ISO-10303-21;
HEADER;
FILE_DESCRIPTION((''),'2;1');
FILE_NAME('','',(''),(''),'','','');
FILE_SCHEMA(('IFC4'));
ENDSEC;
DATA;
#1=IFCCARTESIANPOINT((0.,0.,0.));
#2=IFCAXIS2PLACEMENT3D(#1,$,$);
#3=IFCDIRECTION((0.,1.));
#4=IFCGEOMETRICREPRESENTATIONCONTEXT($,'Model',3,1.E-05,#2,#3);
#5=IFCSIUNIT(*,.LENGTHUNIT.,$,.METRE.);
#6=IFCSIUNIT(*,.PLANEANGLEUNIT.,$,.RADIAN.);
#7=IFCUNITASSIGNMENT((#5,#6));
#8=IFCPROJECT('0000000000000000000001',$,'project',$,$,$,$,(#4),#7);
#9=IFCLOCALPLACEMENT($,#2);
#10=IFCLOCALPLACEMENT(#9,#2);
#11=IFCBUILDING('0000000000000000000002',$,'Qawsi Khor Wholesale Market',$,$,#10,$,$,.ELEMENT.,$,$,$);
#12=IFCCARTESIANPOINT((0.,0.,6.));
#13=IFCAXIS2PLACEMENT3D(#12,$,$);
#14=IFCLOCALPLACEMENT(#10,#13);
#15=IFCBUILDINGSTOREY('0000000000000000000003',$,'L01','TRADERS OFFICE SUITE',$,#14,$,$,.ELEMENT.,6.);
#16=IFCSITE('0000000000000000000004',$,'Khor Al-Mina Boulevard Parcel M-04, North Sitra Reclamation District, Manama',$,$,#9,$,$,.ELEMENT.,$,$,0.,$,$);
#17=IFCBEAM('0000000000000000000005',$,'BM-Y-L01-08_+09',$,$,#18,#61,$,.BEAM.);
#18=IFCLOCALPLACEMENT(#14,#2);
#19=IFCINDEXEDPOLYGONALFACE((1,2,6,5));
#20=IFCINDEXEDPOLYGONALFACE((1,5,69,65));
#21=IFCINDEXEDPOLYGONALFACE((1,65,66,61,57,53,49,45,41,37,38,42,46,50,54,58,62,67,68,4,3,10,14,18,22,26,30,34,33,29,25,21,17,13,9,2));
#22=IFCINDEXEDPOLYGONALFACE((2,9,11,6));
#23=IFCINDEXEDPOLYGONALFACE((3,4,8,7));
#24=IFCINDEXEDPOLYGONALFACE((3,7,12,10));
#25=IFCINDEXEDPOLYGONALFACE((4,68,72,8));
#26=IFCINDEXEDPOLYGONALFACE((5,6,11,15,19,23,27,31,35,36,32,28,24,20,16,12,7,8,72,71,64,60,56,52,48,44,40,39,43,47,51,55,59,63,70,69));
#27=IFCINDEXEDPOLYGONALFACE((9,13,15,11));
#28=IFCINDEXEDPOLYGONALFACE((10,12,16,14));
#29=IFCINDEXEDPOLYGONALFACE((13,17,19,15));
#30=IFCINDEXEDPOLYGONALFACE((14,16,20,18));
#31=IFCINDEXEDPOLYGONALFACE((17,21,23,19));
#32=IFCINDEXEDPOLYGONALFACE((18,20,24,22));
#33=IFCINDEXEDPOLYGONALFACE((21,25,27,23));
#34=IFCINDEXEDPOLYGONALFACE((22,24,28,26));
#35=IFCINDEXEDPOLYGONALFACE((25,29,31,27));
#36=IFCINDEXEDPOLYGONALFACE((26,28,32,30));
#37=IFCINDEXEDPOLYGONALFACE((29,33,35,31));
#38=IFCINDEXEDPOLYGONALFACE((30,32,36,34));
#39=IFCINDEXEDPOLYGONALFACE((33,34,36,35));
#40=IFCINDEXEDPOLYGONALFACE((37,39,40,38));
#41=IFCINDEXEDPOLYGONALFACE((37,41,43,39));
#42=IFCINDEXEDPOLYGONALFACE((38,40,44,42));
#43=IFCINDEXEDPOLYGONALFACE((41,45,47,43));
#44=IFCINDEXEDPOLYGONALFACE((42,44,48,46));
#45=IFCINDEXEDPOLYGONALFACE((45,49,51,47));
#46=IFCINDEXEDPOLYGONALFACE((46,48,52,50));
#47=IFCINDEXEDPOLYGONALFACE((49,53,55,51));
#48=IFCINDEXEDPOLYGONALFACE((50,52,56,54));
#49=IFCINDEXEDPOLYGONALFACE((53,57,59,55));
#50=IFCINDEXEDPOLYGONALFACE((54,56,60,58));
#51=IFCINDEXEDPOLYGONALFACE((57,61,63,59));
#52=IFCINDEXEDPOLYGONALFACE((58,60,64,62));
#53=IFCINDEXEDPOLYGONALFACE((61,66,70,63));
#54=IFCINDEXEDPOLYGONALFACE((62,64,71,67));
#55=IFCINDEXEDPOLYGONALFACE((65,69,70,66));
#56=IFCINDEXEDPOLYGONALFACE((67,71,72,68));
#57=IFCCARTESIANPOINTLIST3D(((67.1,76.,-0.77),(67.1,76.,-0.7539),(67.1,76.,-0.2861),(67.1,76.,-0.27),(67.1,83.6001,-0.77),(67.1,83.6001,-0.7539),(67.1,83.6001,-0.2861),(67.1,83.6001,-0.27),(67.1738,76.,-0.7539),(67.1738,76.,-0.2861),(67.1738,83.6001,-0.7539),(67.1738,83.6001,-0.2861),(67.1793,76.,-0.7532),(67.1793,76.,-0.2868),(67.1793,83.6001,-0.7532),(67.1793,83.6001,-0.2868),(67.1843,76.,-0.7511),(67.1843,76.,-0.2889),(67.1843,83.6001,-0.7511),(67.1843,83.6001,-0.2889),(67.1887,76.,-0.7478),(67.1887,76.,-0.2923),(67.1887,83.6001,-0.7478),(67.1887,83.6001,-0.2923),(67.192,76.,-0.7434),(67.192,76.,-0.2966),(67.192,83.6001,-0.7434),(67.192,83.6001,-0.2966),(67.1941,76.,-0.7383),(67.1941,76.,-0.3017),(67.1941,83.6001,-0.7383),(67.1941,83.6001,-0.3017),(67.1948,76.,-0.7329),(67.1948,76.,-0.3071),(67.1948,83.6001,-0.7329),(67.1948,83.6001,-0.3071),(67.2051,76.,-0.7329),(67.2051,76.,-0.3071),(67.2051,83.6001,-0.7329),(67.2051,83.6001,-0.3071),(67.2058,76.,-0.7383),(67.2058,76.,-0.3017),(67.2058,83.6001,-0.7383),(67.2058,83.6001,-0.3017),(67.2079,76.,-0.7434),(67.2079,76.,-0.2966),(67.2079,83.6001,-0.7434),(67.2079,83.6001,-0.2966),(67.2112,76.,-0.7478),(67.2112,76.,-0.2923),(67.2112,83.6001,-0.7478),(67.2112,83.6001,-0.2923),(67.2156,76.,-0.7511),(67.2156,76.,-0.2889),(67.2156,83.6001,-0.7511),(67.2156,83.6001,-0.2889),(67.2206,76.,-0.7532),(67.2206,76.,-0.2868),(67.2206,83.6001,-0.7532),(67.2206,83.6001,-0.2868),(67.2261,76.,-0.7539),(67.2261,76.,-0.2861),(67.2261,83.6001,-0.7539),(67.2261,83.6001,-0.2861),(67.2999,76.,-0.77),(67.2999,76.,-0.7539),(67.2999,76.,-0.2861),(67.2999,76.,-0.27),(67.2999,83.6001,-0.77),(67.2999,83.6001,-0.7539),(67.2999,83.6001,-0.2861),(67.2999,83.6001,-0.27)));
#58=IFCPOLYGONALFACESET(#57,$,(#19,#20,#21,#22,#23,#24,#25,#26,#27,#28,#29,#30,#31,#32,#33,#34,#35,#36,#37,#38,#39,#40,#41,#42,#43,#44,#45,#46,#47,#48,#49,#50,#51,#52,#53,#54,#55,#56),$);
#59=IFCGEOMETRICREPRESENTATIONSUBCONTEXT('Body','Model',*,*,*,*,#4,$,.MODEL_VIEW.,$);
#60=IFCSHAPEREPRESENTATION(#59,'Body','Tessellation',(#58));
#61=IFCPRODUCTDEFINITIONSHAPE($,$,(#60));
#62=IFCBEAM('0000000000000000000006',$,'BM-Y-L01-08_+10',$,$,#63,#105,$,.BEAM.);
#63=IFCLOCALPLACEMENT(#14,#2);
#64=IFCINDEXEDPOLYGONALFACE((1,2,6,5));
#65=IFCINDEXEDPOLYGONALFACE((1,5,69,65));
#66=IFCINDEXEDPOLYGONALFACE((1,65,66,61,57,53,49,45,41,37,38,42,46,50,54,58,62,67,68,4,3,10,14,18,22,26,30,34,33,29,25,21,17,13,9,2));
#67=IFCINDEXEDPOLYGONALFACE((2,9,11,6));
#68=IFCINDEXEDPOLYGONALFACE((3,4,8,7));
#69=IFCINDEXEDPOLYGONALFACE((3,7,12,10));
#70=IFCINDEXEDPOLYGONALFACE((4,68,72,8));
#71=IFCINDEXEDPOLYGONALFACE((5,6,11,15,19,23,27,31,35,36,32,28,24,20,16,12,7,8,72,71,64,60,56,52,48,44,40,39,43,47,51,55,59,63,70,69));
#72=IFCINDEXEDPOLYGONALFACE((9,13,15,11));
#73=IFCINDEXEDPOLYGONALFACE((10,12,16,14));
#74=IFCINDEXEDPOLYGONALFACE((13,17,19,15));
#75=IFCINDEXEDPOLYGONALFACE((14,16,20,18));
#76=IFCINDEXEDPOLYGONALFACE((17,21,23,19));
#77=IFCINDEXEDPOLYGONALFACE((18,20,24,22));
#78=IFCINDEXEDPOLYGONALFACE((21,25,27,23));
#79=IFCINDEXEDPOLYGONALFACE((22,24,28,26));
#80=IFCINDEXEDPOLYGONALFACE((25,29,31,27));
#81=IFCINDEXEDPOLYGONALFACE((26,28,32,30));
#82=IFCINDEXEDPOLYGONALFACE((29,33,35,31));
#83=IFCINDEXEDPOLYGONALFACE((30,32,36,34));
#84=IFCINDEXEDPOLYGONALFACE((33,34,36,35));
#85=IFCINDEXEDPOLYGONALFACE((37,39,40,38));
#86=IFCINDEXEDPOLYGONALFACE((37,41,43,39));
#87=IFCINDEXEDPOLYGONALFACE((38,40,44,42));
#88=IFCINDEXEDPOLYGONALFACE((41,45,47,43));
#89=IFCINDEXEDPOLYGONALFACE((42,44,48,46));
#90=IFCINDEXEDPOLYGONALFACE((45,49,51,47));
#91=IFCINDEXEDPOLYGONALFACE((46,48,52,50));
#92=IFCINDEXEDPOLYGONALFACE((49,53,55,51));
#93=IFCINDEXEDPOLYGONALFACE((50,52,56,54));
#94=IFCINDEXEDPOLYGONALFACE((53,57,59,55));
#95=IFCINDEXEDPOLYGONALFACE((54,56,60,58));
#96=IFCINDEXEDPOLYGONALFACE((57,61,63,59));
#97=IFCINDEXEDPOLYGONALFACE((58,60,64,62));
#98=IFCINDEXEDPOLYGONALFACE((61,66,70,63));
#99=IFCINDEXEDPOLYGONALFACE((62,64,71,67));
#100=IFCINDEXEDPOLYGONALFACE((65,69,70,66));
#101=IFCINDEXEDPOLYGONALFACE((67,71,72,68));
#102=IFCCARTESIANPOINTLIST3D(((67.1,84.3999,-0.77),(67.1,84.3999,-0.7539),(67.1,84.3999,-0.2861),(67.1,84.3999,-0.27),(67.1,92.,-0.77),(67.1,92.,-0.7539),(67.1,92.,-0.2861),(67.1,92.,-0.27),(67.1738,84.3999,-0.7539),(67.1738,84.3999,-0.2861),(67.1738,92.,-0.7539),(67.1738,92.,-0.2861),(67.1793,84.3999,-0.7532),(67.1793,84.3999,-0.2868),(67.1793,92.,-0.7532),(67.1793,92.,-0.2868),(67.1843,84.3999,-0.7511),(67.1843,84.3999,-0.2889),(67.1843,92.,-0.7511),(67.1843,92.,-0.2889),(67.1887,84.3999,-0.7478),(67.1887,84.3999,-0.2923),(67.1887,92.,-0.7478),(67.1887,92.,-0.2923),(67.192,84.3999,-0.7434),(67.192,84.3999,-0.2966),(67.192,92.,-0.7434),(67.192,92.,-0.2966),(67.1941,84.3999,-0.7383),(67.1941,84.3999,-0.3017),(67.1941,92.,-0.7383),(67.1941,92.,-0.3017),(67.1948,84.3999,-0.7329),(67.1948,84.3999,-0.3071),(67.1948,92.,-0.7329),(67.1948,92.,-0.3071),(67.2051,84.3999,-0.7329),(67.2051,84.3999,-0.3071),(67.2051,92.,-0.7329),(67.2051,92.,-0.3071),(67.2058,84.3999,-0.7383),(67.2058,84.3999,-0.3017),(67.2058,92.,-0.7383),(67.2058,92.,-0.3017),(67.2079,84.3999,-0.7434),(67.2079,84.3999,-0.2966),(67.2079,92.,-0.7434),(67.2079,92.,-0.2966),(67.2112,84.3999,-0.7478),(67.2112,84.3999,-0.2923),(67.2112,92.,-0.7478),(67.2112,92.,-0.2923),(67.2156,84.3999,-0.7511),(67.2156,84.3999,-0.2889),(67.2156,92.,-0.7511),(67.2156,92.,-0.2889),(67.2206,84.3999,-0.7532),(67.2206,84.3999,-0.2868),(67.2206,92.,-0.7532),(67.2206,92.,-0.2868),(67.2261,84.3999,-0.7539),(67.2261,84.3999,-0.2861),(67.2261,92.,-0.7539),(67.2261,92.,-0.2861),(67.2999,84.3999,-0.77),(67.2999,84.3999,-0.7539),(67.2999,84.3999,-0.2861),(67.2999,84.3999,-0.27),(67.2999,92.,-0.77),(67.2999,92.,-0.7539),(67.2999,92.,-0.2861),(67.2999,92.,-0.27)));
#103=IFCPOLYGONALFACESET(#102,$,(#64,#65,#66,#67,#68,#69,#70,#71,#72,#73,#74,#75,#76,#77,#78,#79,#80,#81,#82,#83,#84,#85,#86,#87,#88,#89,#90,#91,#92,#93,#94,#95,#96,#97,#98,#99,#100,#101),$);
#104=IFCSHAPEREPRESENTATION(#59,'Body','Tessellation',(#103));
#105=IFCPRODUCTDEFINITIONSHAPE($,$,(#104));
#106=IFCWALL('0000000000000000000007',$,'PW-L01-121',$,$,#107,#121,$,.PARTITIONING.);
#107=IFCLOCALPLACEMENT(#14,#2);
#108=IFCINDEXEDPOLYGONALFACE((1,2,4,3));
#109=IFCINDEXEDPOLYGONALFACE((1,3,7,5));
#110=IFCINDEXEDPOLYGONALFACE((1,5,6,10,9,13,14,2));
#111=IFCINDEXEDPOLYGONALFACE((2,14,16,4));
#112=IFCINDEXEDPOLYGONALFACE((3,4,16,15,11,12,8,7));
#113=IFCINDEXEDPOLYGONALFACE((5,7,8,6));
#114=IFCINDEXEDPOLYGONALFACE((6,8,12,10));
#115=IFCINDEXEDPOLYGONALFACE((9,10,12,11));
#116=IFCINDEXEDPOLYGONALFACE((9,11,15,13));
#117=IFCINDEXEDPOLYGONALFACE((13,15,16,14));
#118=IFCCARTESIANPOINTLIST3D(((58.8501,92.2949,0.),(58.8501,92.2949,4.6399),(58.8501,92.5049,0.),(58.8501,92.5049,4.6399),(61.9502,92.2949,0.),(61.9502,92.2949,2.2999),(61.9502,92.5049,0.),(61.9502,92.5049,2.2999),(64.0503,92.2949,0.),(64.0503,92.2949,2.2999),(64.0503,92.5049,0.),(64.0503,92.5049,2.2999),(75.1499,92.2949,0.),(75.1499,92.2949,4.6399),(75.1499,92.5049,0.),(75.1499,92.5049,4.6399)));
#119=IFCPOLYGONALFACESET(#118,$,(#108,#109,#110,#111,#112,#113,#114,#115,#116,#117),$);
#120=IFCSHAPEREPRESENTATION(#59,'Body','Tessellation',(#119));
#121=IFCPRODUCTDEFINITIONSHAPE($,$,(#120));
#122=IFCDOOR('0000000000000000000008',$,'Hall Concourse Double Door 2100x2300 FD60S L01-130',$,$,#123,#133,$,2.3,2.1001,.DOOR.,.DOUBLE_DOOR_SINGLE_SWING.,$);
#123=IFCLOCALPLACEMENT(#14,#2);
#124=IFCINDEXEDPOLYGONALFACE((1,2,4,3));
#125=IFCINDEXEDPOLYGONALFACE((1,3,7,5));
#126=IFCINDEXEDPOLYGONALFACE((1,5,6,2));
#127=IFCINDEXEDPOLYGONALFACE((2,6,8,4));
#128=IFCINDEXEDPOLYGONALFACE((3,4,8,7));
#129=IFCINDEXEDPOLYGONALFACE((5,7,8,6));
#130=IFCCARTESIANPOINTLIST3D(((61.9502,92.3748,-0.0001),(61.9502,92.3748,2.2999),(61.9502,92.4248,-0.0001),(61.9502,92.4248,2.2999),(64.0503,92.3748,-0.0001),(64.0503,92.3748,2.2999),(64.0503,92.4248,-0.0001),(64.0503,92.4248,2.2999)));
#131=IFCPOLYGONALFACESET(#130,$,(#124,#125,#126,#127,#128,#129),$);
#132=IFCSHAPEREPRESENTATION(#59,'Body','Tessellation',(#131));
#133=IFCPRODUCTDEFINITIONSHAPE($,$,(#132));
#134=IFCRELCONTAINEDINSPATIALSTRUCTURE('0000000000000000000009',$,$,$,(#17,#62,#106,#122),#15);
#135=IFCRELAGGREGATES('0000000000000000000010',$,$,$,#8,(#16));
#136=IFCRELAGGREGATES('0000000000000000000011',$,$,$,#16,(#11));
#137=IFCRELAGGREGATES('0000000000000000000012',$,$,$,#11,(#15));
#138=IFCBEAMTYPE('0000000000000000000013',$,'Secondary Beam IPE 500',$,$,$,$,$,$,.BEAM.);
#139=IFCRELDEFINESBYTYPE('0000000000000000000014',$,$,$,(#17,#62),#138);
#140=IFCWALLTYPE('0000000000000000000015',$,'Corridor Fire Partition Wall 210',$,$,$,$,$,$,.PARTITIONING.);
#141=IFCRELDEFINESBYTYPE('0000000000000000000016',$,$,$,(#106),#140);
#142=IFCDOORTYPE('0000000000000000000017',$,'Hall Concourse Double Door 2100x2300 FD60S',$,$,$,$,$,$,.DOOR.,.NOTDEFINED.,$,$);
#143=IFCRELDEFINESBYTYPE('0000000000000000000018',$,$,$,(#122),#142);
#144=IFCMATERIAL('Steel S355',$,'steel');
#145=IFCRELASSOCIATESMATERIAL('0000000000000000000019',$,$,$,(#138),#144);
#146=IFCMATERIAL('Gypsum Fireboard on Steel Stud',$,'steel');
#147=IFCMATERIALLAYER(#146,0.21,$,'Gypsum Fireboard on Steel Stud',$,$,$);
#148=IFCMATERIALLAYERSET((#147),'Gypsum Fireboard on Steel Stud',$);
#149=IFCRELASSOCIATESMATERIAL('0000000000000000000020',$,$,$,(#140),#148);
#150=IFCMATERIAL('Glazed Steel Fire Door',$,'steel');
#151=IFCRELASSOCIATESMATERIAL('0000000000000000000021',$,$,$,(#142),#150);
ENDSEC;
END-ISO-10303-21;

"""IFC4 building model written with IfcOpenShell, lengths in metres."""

from ifc_helpers import new_model, si_unit, direction, frame, frame_2d, origin, origin_2d, place, context, subcontext, project, spatial, rectangle, i_section, extrude, material, layer, layer_set, material_profile, profile_set, type_object, element, fill, save


model = new_model("IFC4")

# Units and contexts
model_context = context("Model", 3, precision=1e-05, world=origin(), true_north=direction((0.0, 1.0)))
body_context = subcontext(model_context, "Body", "Model", "MODEL_VIEW")
ifc_project = project(units=[si_unit("LENGTHUNIT", "METRE"), si_unit("PLANEANGLEUNIT", "RADIAN")], contexts=[model_context])

# Site, building, storey
site_placement = place(None, origin())
site = spatial("IfcSite", under=ifc_project, at=site_placement, Name="Khor Al-Mina Boulevard Parcel M-04, North Sitra Reclamation District, Manama", CompositionType="ELEMENT", RefElevation=0.0)
building_placement = place(site_placement, origin())
building = spatial("IfcBuilding", under=site, at=building_placement, Name="Qawsi Khor Wholesale Market", CompositionType="ELEMENT")
storey_placement = place(building_placement, frame((0.0, 0.0, 6.0)))
storey = spatial("IfcBuildingStorey", under=building, at=storey_placement, Name="L01", Description="TRADERS OFFICE SUITE", CompositionType="ELEMENT", Elevation=6.0)

# Beams
ifc_material_1 = material(Name="Steel S355", Category="steel")
ifc_material_profile_1 = material_profile(ifc_material_1, i_section(OverallWidth=0.2, OverallDepth=0.5, WebThickness=0.0103, FlangeThickness=0.0161, FilletRadius=0.021, at=origin_2d()), Name="IPE 500")
ifc_profile_set_1 = profile_set([ifc_material_profile_1], Name="Steel S355")
beam_type_1 = type_object("IfcBeamType", Name="Secondary Beam IPE 500", PredefinedType="BEAM", material=ifc_profile_set_1)
for number, where, z_axis, x_axis, name in (
    (1, (67.2, 76.0, -0.52), (0.0, 1.0, 0.0), (-1.0, 0.0, 0.0), "BM-Y-L01-08_+09"),
    (2, (67.2, 84.3999, -0.52), (0.0, 1.0, 0.0), (-1.0, 0.0, 0.0), "BM-Y-L01-08_+10"),
):
    element("IfcBeam", number, at=place(storey_placement, frame(where, z_axis=z_axis, x_axis=x_axis)), inside=storey, type_object=beam_type_1, Name=name, PredefinedType="BEAM", context=body_context, shape_type="SweptSolid", body=[
        extrude(i_section(OverallWidth=0.2, OverallDepth=0.5, WebThickness=0.0103, FlangeThickness=0.0161, FilletRadius=0.021, at=origin_2d()), origin(), (0.0, 0.0, 1.0), 7.6001),
    ])

# Wall, opening, door
ifc_material_2 = material(Name="Gypsum Fireboard on Steel Stud", Category="steel")
ifc_layer = layer(ifc_material_2, 0.21, Name="Gypsum Fireboard on Steel Stud")
ifc_layer_set = layer_set([ifc_layer], Name="Gypsum Fireboard on Steel Stud")
wall_type = type_object("IfcWallType", Name="Corridor Fire Partition Wall 210", PredefinedType="PARTITIONING", material=ifc_layer_set)
wall_placement = place(storey_placement, frame((58.8501, 92.3999, 0.0), z_axis=(0.0, 0.0, 1.0), x_axis=(1.0, 0.0, 0.0)))
wall = element("IfcWall", 3, at=wall_placement, inside=storey, type_object=wall_type, Name="PW-L01-121", PredefinedType="PARTITIONING", context=body_context, shape_type="SweptSolid", body=[
    extrude(rectangle(XDim=16.2998, YDim=0.21, at=frame_2d((8.1499, 0.0))), origin(), (0.0, 0.0, 1.0), 4.6399),
])
opening_placement = place(wall_placement, frame((3.1001, 0.0, 0.0)))
opening = element("IfcOpeningElement", 4, at=opening_placement, cuts=wall, PredefinedType="OPENING", context=body_context, shape_type="SweptSolid", body=[
    extrude(rectangle(XDim=2.1001, YDim=2.3, at=frame_2d((1.05, 1.1499))), frame((0.0, 0.115, 0.0), z_axis=(0.0, -1.0, 0.0), x_axis=(1.0, 0.0, 0.0)), (0.0, 0.0, 1.0), 0.23),
])
ifc_material_3 = material(Name="Glazed Steel Fire Door", Category="steel")
door_type = type_object("IfcDoorType", Name="Hall Concourse Double Door 2100x2300 FD60S", OperationType="NOTDEFINED", PredefinedType="DOOR", material=ifc_material_3)
door_placement = place(opening_placement, origin())
door = element("IfcDoor", 5, at=door_placement, inside=storey, type_object=door_type, Name="Hall Concourse Double Door 2100x2300 FD60S L01-130", OperationType="DOUBLE_DOOR_SINGLE_SWING", OverallHeight=2.3, OverallWidth=2.1001, PredefinedType="DOOR", context=body_context, shape_type="SweptSolid", body=[
    extrude(rectangle(XDim=2.1001, YDim=2.3, at=frame_2d((1.05, 1.1499))), frame((0.0, 0.0249, 0.0), z_axis=(0.0, -1.0, 0.0), x_axis=(1.0, 0.0, 0.0)), (0.0, 0.0, 1.0), 0.05),
])
fill(opening, door)

save(model, "model.ifc")
